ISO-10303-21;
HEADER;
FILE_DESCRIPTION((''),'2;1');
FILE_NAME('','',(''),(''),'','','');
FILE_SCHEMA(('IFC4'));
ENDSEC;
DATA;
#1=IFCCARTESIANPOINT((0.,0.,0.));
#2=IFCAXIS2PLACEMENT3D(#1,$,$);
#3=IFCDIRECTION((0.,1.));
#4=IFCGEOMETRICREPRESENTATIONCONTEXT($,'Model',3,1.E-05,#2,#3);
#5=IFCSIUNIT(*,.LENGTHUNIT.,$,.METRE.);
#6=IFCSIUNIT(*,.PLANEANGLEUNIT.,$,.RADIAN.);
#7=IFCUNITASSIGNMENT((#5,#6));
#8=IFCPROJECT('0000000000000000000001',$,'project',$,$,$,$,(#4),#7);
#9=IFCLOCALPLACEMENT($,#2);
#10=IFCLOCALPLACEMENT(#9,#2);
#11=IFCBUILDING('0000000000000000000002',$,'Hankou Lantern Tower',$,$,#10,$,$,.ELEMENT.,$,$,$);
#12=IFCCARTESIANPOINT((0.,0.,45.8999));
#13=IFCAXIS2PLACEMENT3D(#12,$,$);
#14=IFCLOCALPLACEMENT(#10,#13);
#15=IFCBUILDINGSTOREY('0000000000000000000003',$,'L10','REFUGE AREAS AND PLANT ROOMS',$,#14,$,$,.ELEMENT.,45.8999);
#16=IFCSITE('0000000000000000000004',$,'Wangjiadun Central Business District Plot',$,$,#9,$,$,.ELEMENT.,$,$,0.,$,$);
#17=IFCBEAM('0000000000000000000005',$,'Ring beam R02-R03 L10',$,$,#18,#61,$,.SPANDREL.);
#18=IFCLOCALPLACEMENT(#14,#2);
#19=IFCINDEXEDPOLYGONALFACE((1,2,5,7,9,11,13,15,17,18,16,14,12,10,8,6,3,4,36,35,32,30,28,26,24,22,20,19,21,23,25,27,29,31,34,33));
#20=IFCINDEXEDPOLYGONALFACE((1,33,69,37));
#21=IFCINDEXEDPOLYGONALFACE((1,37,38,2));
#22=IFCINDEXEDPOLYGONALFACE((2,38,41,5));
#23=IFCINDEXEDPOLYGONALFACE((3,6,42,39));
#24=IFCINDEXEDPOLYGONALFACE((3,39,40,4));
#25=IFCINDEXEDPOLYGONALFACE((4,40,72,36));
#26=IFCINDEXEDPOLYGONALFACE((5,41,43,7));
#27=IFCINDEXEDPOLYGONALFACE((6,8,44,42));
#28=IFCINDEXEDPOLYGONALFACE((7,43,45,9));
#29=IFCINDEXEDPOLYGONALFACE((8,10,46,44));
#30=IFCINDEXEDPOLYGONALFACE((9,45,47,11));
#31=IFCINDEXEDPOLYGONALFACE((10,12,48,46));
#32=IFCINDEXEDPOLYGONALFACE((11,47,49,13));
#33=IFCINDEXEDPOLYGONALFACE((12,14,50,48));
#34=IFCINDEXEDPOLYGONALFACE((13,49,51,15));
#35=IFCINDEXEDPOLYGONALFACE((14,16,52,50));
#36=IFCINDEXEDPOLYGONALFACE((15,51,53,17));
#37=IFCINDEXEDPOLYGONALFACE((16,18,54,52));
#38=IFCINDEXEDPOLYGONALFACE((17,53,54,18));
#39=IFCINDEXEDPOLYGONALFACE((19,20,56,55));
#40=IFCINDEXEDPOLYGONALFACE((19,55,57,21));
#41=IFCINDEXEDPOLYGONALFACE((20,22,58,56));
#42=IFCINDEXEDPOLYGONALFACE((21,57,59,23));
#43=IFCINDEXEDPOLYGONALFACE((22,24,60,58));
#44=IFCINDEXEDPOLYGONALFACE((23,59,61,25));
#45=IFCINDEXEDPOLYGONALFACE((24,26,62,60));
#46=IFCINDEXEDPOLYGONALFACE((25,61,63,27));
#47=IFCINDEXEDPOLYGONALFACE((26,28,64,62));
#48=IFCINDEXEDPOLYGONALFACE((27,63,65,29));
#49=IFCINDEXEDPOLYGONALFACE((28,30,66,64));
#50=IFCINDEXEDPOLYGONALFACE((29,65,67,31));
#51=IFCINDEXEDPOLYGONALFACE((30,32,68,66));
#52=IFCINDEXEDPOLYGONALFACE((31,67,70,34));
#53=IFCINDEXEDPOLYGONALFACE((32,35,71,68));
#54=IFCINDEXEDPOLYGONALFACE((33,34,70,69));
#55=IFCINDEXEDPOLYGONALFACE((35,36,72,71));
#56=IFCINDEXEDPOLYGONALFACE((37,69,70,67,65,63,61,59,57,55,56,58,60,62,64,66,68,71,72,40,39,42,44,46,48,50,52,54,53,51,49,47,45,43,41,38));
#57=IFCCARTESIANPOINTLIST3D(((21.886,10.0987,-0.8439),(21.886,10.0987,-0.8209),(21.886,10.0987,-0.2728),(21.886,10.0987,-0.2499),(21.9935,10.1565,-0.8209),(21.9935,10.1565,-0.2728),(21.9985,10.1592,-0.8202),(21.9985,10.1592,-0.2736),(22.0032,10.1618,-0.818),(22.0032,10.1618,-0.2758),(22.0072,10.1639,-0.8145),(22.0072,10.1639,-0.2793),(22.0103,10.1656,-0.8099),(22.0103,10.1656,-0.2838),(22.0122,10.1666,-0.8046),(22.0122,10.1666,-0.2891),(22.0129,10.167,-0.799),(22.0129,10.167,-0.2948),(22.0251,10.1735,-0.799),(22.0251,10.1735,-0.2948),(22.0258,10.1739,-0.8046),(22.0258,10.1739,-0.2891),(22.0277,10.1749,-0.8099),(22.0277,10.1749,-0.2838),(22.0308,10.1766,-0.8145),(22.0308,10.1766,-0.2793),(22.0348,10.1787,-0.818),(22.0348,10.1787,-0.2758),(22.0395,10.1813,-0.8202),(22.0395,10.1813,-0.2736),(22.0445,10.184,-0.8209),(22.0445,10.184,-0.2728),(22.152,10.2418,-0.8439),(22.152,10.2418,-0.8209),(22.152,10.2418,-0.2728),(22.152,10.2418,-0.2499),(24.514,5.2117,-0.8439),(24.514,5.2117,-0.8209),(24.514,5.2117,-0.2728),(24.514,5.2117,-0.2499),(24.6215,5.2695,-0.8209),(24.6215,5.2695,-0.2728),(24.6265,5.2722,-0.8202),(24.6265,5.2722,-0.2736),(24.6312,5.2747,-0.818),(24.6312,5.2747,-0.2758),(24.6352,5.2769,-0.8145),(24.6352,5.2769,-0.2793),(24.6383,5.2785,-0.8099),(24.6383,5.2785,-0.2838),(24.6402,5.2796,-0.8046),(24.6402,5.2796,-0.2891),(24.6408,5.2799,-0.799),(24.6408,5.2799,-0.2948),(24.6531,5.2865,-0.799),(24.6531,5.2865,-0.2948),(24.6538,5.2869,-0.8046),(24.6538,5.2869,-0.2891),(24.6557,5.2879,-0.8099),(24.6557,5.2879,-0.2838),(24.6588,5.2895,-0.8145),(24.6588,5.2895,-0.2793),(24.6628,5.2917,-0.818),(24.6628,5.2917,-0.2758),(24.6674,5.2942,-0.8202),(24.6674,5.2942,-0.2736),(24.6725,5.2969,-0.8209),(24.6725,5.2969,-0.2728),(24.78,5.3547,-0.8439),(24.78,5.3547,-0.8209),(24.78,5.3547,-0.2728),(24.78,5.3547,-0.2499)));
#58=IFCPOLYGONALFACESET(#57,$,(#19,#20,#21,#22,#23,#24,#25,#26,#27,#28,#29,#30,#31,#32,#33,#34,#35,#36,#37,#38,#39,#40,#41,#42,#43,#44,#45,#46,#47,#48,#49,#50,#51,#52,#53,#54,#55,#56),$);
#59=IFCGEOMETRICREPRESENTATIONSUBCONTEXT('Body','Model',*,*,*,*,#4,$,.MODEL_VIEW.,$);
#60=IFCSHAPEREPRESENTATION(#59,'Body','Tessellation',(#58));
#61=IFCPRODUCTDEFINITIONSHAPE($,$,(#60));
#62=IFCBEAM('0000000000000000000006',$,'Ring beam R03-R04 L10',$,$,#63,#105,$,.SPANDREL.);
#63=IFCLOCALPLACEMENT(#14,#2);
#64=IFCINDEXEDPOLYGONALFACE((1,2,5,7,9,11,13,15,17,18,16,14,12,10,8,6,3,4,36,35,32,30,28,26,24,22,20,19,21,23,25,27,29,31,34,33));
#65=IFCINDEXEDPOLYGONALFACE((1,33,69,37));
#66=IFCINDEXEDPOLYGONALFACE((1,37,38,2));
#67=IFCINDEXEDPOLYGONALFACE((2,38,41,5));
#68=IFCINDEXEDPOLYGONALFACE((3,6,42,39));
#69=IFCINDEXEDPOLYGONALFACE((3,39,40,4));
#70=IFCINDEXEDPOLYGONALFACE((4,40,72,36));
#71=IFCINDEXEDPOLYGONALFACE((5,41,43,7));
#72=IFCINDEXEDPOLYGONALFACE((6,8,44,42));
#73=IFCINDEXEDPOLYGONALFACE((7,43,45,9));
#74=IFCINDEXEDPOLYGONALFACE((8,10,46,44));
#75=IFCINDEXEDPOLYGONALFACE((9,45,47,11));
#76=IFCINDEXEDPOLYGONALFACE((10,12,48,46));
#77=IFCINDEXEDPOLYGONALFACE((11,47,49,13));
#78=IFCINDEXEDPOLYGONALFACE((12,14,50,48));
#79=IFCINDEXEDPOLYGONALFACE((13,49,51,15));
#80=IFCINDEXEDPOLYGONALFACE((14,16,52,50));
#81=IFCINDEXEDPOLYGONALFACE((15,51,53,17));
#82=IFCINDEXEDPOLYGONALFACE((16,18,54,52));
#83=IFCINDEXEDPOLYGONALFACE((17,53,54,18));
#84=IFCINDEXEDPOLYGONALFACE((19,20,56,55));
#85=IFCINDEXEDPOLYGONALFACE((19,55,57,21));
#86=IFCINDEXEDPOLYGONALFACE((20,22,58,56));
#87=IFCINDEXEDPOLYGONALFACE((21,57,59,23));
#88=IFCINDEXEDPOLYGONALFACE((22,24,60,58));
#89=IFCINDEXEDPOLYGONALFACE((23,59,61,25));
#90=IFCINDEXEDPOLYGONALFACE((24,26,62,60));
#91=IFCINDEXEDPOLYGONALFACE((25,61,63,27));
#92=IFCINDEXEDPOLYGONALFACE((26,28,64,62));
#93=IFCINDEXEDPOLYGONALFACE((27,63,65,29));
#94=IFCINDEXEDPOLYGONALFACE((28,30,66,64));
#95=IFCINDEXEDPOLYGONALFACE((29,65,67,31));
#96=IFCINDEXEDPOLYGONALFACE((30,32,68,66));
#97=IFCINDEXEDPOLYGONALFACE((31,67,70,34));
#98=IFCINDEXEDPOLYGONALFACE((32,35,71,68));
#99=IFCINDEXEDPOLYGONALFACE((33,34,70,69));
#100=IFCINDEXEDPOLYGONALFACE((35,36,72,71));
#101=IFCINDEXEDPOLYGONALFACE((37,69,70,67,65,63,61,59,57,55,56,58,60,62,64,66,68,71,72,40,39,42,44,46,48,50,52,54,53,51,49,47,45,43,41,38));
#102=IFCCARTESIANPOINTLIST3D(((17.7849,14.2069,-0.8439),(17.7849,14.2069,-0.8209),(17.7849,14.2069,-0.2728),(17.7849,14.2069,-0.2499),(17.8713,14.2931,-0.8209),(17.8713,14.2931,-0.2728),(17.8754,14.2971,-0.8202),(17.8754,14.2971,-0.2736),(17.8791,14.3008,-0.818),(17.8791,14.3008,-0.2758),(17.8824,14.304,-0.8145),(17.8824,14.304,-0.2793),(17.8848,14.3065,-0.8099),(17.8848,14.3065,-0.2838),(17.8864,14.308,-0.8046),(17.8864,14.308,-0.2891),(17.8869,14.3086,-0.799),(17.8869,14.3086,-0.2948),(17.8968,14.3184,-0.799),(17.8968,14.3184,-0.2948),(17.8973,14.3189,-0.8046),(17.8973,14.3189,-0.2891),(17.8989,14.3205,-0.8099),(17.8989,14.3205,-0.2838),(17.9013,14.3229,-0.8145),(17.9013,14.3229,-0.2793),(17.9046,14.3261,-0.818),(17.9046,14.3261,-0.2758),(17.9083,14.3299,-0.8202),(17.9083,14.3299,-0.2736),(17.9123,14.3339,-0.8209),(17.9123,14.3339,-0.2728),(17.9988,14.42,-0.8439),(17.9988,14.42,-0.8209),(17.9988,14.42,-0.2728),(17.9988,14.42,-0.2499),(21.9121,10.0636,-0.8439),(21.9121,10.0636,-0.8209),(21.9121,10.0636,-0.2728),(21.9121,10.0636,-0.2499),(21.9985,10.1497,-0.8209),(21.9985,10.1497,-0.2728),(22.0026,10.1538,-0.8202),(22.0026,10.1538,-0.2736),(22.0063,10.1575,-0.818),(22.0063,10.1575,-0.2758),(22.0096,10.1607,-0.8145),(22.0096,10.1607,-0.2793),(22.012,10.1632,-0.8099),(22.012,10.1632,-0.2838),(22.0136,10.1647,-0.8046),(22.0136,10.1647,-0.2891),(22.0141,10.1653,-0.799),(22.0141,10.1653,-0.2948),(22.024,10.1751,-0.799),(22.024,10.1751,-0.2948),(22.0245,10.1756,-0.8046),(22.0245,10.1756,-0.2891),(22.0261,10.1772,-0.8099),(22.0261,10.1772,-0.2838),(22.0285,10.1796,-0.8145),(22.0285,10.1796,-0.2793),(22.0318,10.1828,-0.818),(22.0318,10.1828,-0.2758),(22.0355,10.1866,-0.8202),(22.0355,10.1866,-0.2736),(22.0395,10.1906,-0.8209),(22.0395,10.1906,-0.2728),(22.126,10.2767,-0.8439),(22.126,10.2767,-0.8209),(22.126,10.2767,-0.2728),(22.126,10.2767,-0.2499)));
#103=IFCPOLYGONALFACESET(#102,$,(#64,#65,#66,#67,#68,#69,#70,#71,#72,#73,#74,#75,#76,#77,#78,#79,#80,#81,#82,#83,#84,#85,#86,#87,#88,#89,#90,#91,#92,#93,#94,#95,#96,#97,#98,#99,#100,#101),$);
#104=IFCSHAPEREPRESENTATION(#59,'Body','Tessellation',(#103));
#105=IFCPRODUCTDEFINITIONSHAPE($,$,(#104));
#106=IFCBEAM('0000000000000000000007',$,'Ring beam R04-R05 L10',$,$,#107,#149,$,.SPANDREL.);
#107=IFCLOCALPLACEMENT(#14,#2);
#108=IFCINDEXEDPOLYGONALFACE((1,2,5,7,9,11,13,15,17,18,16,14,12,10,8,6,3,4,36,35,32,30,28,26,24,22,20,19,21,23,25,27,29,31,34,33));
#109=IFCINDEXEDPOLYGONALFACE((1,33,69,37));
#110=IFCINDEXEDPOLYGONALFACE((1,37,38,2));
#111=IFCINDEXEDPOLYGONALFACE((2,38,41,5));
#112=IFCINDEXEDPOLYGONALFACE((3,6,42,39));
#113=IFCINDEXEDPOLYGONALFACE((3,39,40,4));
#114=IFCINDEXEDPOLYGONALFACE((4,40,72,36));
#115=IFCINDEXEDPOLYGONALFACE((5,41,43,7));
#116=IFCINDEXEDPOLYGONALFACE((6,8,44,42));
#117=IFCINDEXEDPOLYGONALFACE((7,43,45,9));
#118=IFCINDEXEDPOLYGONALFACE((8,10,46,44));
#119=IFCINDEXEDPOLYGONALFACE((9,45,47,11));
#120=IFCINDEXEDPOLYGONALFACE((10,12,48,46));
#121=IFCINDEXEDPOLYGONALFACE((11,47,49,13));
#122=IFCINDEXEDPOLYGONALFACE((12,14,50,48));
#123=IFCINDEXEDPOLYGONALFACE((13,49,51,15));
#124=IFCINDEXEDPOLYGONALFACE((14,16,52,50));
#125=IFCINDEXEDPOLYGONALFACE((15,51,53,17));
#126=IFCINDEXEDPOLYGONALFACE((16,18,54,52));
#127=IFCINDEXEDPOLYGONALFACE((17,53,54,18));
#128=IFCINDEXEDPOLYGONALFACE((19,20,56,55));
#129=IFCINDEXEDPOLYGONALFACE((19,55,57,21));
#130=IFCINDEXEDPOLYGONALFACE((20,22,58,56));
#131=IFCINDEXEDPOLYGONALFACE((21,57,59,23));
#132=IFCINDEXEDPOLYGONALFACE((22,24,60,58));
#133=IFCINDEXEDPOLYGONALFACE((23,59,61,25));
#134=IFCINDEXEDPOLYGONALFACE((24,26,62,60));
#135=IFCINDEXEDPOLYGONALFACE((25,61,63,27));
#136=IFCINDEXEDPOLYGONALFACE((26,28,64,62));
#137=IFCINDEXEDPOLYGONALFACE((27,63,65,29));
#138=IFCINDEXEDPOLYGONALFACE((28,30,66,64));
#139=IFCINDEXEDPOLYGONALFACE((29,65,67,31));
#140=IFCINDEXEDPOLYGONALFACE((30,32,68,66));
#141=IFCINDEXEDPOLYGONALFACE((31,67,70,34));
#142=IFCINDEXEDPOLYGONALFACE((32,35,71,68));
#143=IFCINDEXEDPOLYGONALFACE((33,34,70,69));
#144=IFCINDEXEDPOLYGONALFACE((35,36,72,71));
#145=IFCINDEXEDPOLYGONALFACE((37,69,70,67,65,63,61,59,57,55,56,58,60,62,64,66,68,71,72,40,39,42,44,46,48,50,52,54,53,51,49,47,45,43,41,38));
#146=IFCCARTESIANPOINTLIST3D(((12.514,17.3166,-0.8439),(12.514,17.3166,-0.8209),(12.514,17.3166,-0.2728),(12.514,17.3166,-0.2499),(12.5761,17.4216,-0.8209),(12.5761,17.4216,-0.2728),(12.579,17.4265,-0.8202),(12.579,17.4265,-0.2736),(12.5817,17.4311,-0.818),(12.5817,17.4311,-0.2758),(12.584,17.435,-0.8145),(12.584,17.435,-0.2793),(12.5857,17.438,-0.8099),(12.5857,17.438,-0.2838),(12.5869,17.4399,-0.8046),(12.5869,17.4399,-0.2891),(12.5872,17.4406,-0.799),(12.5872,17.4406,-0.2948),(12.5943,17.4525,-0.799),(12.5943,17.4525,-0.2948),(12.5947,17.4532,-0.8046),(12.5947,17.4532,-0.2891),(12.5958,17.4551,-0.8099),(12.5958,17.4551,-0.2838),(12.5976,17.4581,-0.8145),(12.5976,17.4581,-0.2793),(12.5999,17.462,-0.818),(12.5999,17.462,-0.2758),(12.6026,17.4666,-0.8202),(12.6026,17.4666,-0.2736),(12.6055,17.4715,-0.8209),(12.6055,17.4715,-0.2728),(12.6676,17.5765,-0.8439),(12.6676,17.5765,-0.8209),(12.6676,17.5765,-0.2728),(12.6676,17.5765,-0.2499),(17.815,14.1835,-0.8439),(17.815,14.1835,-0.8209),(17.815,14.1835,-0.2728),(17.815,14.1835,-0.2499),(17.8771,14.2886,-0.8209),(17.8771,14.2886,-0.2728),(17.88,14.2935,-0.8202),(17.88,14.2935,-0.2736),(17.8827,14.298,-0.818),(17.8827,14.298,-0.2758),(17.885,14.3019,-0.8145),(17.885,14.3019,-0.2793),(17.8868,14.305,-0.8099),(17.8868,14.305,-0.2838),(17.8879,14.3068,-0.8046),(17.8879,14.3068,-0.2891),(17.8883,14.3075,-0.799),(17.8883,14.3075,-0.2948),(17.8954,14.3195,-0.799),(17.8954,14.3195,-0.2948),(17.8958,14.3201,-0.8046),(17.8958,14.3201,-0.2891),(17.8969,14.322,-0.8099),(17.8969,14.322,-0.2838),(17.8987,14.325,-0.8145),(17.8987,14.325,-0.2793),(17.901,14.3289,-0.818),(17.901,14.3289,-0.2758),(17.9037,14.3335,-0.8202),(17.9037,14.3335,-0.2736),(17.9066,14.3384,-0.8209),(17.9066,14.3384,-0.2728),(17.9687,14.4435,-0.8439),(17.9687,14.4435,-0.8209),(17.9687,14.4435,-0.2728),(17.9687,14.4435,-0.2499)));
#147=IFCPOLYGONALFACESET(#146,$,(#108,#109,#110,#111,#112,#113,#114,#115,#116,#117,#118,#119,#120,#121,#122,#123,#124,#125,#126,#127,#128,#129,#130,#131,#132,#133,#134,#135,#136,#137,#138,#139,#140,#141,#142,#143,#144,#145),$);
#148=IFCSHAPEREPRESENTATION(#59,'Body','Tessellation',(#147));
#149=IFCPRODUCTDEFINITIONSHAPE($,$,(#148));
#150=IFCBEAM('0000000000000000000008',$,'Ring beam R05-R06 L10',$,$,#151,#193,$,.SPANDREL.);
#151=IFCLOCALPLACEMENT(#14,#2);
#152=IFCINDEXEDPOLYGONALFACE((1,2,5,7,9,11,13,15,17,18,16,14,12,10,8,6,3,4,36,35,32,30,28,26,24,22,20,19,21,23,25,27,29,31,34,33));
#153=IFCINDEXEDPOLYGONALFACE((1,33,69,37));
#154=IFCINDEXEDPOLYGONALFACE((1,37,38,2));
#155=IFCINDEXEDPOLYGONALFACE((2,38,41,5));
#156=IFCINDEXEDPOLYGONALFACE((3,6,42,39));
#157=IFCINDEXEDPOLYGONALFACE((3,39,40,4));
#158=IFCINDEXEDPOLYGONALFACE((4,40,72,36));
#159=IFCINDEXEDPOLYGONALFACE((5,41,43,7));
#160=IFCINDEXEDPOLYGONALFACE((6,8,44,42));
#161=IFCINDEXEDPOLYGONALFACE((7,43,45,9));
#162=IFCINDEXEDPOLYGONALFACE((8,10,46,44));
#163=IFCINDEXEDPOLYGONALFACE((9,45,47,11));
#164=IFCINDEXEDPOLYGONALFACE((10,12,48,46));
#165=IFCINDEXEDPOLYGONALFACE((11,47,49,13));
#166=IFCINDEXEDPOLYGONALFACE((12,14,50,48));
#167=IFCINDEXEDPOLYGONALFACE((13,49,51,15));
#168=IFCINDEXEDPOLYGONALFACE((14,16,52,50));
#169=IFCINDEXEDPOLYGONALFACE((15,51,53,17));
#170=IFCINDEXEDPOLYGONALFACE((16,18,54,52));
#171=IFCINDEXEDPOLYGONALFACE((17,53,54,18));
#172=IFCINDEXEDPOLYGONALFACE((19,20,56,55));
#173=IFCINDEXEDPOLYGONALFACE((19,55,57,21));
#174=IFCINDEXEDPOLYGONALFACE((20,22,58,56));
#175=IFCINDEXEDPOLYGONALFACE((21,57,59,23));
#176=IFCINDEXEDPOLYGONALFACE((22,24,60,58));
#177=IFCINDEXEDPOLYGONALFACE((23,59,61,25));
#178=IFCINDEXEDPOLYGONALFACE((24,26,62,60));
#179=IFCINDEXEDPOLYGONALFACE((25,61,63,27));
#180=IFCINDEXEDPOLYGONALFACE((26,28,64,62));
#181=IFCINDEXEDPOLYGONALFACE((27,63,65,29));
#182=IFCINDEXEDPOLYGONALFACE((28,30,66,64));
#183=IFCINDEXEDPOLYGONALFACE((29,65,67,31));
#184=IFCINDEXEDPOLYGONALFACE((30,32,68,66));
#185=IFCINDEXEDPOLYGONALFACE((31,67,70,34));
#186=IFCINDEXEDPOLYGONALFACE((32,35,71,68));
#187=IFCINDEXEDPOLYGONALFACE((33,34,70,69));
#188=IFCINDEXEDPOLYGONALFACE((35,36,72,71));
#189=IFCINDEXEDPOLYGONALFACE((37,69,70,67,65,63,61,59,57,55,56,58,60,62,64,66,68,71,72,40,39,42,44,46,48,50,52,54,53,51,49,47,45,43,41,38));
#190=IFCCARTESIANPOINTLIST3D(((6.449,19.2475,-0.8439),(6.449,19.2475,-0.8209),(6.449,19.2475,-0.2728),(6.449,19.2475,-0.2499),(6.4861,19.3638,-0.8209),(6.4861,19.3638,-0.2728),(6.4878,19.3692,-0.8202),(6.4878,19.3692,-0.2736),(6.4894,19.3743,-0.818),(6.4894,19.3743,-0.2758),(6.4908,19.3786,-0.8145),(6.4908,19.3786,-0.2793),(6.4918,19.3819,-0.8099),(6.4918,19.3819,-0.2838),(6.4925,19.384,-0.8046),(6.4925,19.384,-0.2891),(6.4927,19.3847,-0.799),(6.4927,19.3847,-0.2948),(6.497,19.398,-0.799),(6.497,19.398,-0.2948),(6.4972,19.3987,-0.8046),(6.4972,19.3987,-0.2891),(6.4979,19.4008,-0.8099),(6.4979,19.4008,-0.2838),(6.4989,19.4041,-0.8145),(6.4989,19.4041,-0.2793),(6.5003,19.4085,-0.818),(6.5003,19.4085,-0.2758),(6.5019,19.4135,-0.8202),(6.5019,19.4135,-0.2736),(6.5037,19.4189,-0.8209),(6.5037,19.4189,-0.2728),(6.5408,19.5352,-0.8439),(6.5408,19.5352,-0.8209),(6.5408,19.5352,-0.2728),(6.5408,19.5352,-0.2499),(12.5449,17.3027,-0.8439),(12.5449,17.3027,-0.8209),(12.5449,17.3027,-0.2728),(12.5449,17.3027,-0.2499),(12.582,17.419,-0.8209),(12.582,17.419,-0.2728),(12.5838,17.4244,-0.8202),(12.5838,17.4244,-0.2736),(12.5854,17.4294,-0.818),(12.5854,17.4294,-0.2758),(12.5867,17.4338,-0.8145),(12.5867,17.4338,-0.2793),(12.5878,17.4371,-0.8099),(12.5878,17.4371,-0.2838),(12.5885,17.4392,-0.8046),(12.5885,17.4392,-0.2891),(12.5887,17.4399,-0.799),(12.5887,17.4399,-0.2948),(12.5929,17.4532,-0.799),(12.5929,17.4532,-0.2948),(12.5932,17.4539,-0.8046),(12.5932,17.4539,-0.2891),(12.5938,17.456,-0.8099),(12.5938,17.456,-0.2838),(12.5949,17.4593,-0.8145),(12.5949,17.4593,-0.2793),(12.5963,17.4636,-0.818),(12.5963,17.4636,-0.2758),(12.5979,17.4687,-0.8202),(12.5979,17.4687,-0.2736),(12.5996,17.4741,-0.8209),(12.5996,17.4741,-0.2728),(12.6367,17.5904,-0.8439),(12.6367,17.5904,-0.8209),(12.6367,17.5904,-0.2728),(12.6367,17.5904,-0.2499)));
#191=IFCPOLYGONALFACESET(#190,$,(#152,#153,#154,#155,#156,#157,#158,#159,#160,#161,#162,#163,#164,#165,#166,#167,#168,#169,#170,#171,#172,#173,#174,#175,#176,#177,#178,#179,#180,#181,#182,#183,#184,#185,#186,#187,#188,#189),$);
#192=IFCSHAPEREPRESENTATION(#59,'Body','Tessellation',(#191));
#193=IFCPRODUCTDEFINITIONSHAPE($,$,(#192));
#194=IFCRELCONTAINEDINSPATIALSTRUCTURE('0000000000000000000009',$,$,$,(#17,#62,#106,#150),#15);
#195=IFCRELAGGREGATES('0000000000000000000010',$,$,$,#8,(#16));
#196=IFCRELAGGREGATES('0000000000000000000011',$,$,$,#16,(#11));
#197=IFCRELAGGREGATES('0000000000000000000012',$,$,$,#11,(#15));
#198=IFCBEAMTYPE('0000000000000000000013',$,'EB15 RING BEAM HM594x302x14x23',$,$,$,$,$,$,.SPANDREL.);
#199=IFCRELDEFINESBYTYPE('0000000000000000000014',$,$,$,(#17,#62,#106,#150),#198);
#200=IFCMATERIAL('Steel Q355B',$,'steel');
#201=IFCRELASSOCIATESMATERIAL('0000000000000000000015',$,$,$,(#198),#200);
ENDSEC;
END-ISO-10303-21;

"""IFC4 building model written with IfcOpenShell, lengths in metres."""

from ifc_helpers import new_model, si_unit, direction, frame, origin, origin_2d, place, context, subcontext, project, spatial, i_section, extrude, material, material_profile, profile_set, type_object, element, save


model = new_model("IFC4")

# Units and contexts
model_context = context("Model", 3, precision=1e-05, world=origin(), true_north=direction((0.0, 1.0)))
body_context = subcontext(model_context, "Body", "Model", "MODEL_VIEW")
ifc_project = project(units=[si_unit("LENGTHUNIT", "METRE"), si_unit("PLANEANGLEUNIT", "RADIAN")], contexts=[model_context])

# Site, building, storey
site_placement = place(None, origin())
site = spatial("IfcSite", under=ifc_project, at=site_placement, Name="Wangjiadun Central Business District Plot", CompositionType="ELEMENT", RefElevation=0.0)
building_placement = place(site_placement, origin())
building = spatial("IfcBuilding", under=site, at=building_placement, Name="Hankou Lantern Tower", CompositionType="ELEMENT")
storey_placement = place(building_placement, frame((0.0, 0.0, 45.8999)))
storey = spatial("IfcBuildingStorey", under=building, at=storey_placement, Name="L10", Description="REFUGE AREAS AND PLANT ROOMS", CompositionType="ELEMENT", Elevation=45.8999)

# Beams
ifc_material_1 = material(Name="Steel Q355B", Category="steel")
ifc_material_profile_1 = material_profile(ifc_material_1, i_section(OverallWidth=0.302, OverallDepth=0.594, WebThickness=0.0139, FlangeThickness=0.0229, FilletRadius=0.022, at=origin_2d()), Name="HM594x302x14x23")
ifc_profile_set_1 = profile_set([ifc_material_profile_1], Name="Steel Q355B")
beam_type_1 = type_object("IfcBeamType", Name="EB15 RING BEAM HM594x302x14x23", PredefinedType="SPANDREL", material=ifc_profile_set_1)
beam_1_placement = place(storey_placement, frame((24.647, 5.2832, -0.5469), z_axis=(-0.473609, 0.880735, 0.0), x_axis=(-0.880735, -0.473609, 0.0)))
element("IfcBeam", 1, at=beam_1_placement, inside=storey, type_object=beam_type_1, Name="Ring beam R02-R03 L10", PredefinedType="SPANDREL", context=body_context, shape_type="SweptSolid", body=[
    extrude(i_section(OverallWidth=0.302, OverallDepth=0.594, WebThickness=0.0139, FlangeThickness=0.0229, FilletRadius=0.022, at=origin_2d()), origin(), (0.0, 0.0, 1.0), 5.5488),
])
beam_2_placement = place(storey_placement, frame((22.019, 10.1702, -0.5469), z_axis=(-0.705728, 0.708483, 0.0), x_axis=(-0.708483, -0.705728, 0.0)))
element("IfcBeam", 2, at=beam_2_placement, inside=storey, type_object=beam_type_1, Name="Ring beam R03-R04 L10", PredefinedType="SPANDREL", context=body_context, shape_type="SweptSolid", body=[
    extrude(i_section(OverallWidth=0.302, OverallDepth=0.594, WebThickness=0.0139, FlangeThickness=0.0229, FilletRadius=0.022, at=origin_2d()), origin(), (0.0, 0.0, 1.0), 5.8481),
])
beam_3_placement = place(storey_placement, frame((17.8918, 14.3135, -0.5469), z_axis=(-0.860882, 0.508805, 0.0), x_axis=(-0.508805, -0.860882, 0.0)))
element("IfcBeam", 3, at=beam_3_placement, inside=storey, type_object=beam_type_1, Name="Ring beam R04-R05 L10", PredefinedType="SPANDREL", context=body_context, shape_type="SweptSolid", body=[
    extrude(i_section(OverallWidth=0.302, OverallDepth=0.594, WebThickness=0.0139, FlangeThickness=0.0229, FilletRadius=0.022, at=origin_2d()), origin(), (0.0, 0.0, 1.0), 6.1577),
])
beam_4_placement = place(storey_placement, frame((12.5908, 17.4465, -0.5469), z_axis=(-0.95269, 0.303942, 0.0), x_axis=(-0.303942, -0.95269, 0.0)))
element("IfcBeam", 4, at=beam_4_placement, inside=storey, type_object=beam_type_1, Name="Ring beam R05-R06 L10", PredefinedType="SPANDREL", context=body_context, shape_type="SweptSolid", body=[
    extrude(i_section(OverallWidth=0.302, OverallDepth=0.594, WebThickness=0.0139, FlangeThickness=0.0229, FilletRadius=0.022, at=origin_2d()), origin(), (0.0, 0.0, 1.0), 6.3987),
])

save(model, "model.ifc")
